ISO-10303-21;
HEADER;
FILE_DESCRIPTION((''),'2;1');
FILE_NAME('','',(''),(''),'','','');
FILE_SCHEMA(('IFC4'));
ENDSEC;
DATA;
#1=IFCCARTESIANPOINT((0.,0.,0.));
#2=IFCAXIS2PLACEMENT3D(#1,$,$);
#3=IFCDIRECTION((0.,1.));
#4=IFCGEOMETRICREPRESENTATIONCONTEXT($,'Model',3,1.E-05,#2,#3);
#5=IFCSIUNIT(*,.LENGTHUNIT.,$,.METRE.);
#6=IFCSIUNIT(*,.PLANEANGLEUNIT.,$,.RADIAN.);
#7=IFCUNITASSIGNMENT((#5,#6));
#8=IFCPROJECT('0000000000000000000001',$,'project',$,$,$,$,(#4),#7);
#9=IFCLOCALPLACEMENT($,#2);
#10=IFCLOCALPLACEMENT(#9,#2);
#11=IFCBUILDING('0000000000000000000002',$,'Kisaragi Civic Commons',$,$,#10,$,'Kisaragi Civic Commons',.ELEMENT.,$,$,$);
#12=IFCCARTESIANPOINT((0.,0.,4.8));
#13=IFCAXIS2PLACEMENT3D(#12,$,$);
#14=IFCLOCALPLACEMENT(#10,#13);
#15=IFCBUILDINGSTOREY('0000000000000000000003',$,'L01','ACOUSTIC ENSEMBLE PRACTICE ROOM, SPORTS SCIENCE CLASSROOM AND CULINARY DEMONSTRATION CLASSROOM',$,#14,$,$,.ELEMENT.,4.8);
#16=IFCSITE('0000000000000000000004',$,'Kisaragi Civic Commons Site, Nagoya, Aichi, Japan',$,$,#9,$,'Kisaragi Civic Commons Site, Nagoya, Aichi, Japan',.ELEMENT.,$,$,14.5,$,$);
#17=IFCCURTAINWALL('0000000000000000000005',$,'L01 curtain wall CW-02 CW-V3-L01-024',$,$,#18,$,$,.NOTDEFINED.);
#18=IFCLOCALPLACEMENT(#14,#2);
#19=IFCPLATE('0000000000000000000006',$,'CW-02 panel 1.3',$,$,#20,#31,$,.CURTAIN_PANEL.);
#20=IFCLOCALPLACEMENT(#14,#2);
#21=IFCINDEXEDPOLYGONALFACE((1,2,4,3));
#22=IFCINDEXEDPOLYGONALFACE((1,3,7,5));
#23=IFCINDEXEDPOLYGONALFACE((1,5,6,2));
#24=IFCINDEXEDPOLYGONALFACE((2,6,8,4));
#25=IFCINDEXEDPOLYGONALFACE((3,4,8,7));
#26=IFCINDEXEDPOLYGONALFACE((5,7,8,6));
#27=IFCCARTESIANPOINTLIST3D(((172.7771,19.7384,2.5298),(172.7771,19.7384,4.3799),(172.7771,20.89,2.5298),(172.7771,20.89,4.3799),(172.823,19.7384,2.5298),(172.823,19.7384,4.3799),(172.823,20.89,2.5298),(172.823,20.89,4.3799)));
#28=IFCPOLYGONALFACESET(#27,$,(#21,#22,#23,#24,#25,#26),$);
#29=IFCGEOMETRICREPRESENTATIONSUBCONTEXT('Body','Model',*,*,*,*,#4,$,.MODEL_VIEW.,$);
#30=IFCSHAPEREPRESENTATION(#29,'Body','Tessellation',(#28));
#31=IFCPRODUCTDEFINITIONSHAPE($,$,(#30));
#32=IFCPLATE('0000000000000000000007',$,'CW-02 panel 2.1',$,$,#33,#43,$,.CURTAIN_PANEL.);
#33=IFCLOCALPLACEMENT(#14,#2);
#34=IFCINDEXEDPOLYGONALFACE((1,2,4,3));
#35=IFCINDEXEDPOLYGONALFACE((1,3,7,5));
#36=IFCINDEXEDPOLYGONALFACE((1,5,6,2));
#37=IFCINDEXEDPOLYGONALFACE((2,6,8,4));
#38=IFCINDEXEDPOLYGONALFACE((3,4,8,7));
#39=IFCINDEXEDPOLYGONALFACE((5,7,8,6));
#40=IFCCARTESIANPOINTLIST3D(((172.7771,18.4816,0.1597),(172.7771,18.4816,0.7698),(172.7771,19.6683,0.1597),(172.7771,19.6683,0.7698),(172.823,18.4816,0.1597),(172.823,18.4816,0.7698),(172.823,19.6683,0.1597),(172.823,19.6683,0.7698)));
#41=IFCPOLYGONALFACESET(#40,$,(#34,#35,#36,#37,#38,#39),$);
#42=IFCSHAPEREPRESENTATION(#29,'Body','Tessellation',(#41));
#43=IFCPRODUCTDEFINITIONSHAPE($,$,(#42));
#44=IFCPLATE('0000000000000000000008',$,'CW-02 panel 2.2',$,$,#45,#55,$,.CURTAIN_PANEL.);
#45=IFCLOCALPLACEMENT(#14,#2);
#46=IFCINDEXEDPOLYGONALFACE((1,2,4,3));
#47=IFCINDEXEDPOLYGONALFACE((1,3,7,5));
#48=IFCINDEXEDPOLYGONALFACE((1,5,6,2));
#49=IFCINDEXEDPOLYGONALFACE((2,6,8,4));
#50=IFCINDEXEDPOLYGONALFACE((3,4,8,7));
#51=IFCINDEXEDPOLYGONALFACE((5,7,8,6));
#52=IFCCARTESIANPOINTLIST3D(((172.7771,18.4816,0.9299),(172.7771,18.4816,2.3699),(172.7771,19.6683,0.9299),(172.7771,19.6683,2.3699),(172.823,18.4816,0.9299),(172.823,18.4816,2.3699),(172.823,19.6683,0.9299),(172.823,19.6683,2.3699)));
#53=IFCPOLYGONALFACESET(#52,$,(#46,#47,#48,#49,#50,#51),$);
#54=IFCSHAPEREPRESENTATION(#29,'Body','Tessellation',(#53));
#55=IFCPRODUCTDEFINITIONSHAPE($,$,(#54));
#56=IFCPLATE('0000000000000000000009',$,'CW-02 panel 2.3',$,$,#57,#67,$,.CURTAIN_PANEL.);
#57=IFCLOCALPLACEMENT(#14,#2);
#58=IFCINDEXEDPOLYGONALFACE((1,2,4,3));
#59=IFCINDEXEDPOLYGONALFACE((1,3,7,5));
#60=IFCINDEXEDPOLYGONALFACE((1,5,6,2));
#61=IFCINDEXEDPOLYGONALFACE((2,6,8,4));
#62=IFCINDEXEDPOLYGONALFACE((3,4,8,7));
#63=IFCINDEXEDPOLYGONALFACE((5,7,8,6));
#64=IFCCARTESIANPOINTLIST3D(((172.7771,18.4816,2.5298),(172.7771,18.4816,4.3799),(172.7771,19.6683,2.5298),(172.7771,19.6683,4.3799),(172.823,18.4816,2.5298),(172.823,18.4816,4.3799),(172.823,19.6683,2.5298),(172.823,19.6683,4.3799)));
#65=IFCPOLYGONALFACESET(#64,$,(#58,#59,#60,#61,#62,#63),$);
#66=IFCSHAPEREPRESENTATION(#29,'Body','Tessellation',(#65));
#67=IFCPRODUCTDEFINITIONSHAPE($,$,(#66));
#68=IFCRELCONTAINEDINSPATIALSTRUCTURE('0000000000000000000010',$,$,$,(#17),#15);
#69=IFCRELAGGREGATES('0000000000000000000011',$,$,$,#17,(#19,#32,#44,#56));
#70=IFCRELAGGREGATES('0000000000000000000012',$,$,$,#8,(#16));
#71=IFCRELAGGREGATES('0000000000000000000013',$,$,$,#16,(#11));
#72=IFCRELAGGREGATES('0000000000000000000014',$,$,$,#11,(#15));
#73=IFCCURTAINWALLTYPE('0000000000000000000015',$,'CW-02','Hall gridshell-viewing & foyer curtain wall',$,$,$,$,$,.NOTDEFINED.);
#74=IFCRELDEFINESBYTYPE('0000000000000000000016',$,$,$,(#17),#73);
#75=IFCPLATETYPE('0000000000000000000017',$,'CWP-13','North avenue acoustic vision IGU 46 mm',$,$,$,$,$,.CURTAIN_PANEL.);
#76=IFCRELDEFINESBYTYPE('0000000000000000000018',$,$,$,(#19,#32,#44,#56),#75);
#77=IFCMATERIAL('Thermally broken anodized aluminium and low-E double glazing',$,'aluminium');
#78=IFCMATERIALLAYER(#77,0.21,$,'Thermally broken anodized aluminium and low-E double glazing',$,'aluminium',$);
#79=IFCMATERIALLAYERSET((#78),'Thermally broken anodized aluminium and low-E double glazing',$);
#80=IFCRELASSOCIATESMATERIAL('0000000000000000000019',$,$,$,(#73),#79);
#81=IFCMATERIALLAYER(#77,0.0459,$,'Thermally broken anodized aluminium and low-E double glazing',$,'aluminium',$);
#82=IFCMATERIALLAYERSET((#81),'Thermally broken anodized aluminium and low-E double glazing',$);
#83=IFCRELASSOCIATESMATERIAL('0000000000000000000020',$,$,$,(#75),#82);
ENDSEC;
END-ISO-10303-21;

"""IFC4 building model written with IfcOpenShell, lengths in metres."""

from ifc_helpers import new_model, si_unit, direction, frame, origin, origin_2d, place, context, subcontext, project, spatial, rectangle, extrude, material, layer, layer_set, type_object, element, aggregate, save


model = new_model("IFC4")

# Units and contexts
model_context = context("Model", 3, precision=1e-05, world=origin(), true_north=direction((0.0, 1.0)))
body_context = subcontext(model_context, "Body", "Model", "MODEL_VIEW")
ifc_project = project(units=[si_unit("LENGTHUNIT", "METRE"), si_unit("PLANEANGLEUNIT", "RADIAN")], contexts=[model_context])

# Site, building, storey
site_placement = place(None, origin())
site = spatial("IfcSite", under=ifc_project, at=site_placement, Name="Kisaragi Civic Commons Site, Nagoya, Aichi, Japan", LongName="Kisaragi Civic Commons Site, Nagoya, Aichi, Japan", CompositionType="ELEMENT", RefElevation=14.5)
building_placement = place(site_placement, origin())
building = spatial("IfcBuilding", under=site, at=building_placement, Name="Kisaragi Civic Commons", LongName="Kisaragi Civic Commons", CompositionType="ELEMENT")
storey_placement = place(building_placement, frame((0.0, 0.0, 4.8)))
storey = spatial("IfcBuildingStorey", under=building, at=storey_placement, Name="L01", Description="ACOUSTIC ENSEMBLE PRACTICE ROOM, SPORTS SCIENCE CLASSROOM AND CULINARY DEMONSTRATION CLASSROOM", CompositionType="ELEMENT", Elevation=4.8)

# Shared definitions
ifc_material = material(Name="Thermally broken anodized aluminium and low-E double glazing", Category="aluminium")
ifc_layer_1 = layer(ifc_material, 0.21, Name="Thermally broken anodized aluminium and low-E double glazing", Category="aluminium")
ifc_layer_set_1 = layer_set([ifc_layer_1], Name="Thermally broken anodized aluminium and low-E double glazing")
curtain_wall_type = type_object("IfcCurtainWallType", Name="CW-02", Description="Hall gridshell-viewing & foyer curtain wall", PredefinedType="NOTDEFINED", material=ifc_layer_set_1)

# Curtain wall
curtain_wall_1_placement = place(storey_placement, origin())
curtain_wall_1 = element("IfcCurtainWall", 1, at=curtain_wall_1_placement, inside=storey, type_object=curtain_wall_type, Name="L01 curtain wall CW-02 CW-V3-L01-024", PredefinedType="NOTDEFINED")

# Plates
ifc_layer_2 = layer(ifc_material, 0.0459, Name="Thermally broken anodized aluminium and low-E double glazing", Category="aluminium")
ifc_layer_set_2 = layer_set([ifc_layer_2], Name="Thermally broken anodized aluminium and low-E double glazing")
plate_type_1 = type_object("IfcPlateType", Name="CWP-13", Description="North avenue acoustic vision IGU 46 mm", PredefinedType="CURTAIN_PANEL", material=ifc_layer_set_2)
plate_1_placement = place(storey_placement, frame((172.8, 20.3142, 2.5298), z_axis=(0.0, 0.0, 1.0), x_axis=(0.0, -1.0, 0.0)))
plate_1 = element("IfcPlate", 2, at=plate_1_placement, type_object=plate_type_1, Name="CW-02 panel 1.3", PredefinedType="CURTAIN_PANEL", context=body_context, shape_type="SweptSolid", body=[
    extrude(rectangle(XDim=1.1516, YDim=0.0459, at=origin_2d()), origin(), (0.0, 0.0, 1.0), 1.8501),
])
plate_2_placement = place(storey_placement, frame((172.8, 19.075, 0.1597), z_axis=(0.0, 0.0, 1.0), x_axis=(0.0, -1.0, 0.0)))
plate_2 = element("IfcPlate", 3, at=plate_2_placement, type_object=plate_type_1, Name="CW-02 panel 2.1", PredefinedType="CURTAIN_PANEL", context=body_context, shape_type="SweptSolid", body=[
    extrude(rectangle(XDim=1.1868, YDim=0.0459, at=origin_2d()), origin(), (0.0, 0.0, 1.0), 0.6101),
])
plate_3_placement = place(storey_placement, frame((172.8, 19.075, 0.9299), z_axis=(0.0, 0.0, 1.0), x_axis=(0.0, -1.0, 0.0)))
plate_3 = element("IfcPlate", 4, at=plate_3_placement, type_object=plate_type_1, Name="CW-02 panel 2.2", PredefinedType="CURTAIN_PANEL", context=body_context, shape_type="SweptSolid", body=[
    extrude(rectangle(XDim=1.1868, YDim=0.0459, at=origin_2d()), origin(), (0.0, 0.0, 1.0), 1.4399),
])
plate_4_placement = place(storey_placement, frame((172.8, 19.075, 2.5298), z_axis=(0.0, 0.0, 1.0), x_axis=(0.0, -1.0, 0.0)))
plate_4 = element("IfcPlate", 5, at=plate_4_placement, type_object=plate_type_1, Name="CW-02 panel 2.3", PredefinedType="CURTAIN_PANEL", context=body_context, shape_type="SweptSolid", body=[
    extrude(rectangle(XDim=1.1868, YDim=0.0459, at=origin_2d()), origin(), (0.0, 0.0, 1.0), 1.8501),
])
aggregate(curtain_wall_1, [plate_1, plate_2, plate_3, plate_4])

save(model, "model.ifc")
